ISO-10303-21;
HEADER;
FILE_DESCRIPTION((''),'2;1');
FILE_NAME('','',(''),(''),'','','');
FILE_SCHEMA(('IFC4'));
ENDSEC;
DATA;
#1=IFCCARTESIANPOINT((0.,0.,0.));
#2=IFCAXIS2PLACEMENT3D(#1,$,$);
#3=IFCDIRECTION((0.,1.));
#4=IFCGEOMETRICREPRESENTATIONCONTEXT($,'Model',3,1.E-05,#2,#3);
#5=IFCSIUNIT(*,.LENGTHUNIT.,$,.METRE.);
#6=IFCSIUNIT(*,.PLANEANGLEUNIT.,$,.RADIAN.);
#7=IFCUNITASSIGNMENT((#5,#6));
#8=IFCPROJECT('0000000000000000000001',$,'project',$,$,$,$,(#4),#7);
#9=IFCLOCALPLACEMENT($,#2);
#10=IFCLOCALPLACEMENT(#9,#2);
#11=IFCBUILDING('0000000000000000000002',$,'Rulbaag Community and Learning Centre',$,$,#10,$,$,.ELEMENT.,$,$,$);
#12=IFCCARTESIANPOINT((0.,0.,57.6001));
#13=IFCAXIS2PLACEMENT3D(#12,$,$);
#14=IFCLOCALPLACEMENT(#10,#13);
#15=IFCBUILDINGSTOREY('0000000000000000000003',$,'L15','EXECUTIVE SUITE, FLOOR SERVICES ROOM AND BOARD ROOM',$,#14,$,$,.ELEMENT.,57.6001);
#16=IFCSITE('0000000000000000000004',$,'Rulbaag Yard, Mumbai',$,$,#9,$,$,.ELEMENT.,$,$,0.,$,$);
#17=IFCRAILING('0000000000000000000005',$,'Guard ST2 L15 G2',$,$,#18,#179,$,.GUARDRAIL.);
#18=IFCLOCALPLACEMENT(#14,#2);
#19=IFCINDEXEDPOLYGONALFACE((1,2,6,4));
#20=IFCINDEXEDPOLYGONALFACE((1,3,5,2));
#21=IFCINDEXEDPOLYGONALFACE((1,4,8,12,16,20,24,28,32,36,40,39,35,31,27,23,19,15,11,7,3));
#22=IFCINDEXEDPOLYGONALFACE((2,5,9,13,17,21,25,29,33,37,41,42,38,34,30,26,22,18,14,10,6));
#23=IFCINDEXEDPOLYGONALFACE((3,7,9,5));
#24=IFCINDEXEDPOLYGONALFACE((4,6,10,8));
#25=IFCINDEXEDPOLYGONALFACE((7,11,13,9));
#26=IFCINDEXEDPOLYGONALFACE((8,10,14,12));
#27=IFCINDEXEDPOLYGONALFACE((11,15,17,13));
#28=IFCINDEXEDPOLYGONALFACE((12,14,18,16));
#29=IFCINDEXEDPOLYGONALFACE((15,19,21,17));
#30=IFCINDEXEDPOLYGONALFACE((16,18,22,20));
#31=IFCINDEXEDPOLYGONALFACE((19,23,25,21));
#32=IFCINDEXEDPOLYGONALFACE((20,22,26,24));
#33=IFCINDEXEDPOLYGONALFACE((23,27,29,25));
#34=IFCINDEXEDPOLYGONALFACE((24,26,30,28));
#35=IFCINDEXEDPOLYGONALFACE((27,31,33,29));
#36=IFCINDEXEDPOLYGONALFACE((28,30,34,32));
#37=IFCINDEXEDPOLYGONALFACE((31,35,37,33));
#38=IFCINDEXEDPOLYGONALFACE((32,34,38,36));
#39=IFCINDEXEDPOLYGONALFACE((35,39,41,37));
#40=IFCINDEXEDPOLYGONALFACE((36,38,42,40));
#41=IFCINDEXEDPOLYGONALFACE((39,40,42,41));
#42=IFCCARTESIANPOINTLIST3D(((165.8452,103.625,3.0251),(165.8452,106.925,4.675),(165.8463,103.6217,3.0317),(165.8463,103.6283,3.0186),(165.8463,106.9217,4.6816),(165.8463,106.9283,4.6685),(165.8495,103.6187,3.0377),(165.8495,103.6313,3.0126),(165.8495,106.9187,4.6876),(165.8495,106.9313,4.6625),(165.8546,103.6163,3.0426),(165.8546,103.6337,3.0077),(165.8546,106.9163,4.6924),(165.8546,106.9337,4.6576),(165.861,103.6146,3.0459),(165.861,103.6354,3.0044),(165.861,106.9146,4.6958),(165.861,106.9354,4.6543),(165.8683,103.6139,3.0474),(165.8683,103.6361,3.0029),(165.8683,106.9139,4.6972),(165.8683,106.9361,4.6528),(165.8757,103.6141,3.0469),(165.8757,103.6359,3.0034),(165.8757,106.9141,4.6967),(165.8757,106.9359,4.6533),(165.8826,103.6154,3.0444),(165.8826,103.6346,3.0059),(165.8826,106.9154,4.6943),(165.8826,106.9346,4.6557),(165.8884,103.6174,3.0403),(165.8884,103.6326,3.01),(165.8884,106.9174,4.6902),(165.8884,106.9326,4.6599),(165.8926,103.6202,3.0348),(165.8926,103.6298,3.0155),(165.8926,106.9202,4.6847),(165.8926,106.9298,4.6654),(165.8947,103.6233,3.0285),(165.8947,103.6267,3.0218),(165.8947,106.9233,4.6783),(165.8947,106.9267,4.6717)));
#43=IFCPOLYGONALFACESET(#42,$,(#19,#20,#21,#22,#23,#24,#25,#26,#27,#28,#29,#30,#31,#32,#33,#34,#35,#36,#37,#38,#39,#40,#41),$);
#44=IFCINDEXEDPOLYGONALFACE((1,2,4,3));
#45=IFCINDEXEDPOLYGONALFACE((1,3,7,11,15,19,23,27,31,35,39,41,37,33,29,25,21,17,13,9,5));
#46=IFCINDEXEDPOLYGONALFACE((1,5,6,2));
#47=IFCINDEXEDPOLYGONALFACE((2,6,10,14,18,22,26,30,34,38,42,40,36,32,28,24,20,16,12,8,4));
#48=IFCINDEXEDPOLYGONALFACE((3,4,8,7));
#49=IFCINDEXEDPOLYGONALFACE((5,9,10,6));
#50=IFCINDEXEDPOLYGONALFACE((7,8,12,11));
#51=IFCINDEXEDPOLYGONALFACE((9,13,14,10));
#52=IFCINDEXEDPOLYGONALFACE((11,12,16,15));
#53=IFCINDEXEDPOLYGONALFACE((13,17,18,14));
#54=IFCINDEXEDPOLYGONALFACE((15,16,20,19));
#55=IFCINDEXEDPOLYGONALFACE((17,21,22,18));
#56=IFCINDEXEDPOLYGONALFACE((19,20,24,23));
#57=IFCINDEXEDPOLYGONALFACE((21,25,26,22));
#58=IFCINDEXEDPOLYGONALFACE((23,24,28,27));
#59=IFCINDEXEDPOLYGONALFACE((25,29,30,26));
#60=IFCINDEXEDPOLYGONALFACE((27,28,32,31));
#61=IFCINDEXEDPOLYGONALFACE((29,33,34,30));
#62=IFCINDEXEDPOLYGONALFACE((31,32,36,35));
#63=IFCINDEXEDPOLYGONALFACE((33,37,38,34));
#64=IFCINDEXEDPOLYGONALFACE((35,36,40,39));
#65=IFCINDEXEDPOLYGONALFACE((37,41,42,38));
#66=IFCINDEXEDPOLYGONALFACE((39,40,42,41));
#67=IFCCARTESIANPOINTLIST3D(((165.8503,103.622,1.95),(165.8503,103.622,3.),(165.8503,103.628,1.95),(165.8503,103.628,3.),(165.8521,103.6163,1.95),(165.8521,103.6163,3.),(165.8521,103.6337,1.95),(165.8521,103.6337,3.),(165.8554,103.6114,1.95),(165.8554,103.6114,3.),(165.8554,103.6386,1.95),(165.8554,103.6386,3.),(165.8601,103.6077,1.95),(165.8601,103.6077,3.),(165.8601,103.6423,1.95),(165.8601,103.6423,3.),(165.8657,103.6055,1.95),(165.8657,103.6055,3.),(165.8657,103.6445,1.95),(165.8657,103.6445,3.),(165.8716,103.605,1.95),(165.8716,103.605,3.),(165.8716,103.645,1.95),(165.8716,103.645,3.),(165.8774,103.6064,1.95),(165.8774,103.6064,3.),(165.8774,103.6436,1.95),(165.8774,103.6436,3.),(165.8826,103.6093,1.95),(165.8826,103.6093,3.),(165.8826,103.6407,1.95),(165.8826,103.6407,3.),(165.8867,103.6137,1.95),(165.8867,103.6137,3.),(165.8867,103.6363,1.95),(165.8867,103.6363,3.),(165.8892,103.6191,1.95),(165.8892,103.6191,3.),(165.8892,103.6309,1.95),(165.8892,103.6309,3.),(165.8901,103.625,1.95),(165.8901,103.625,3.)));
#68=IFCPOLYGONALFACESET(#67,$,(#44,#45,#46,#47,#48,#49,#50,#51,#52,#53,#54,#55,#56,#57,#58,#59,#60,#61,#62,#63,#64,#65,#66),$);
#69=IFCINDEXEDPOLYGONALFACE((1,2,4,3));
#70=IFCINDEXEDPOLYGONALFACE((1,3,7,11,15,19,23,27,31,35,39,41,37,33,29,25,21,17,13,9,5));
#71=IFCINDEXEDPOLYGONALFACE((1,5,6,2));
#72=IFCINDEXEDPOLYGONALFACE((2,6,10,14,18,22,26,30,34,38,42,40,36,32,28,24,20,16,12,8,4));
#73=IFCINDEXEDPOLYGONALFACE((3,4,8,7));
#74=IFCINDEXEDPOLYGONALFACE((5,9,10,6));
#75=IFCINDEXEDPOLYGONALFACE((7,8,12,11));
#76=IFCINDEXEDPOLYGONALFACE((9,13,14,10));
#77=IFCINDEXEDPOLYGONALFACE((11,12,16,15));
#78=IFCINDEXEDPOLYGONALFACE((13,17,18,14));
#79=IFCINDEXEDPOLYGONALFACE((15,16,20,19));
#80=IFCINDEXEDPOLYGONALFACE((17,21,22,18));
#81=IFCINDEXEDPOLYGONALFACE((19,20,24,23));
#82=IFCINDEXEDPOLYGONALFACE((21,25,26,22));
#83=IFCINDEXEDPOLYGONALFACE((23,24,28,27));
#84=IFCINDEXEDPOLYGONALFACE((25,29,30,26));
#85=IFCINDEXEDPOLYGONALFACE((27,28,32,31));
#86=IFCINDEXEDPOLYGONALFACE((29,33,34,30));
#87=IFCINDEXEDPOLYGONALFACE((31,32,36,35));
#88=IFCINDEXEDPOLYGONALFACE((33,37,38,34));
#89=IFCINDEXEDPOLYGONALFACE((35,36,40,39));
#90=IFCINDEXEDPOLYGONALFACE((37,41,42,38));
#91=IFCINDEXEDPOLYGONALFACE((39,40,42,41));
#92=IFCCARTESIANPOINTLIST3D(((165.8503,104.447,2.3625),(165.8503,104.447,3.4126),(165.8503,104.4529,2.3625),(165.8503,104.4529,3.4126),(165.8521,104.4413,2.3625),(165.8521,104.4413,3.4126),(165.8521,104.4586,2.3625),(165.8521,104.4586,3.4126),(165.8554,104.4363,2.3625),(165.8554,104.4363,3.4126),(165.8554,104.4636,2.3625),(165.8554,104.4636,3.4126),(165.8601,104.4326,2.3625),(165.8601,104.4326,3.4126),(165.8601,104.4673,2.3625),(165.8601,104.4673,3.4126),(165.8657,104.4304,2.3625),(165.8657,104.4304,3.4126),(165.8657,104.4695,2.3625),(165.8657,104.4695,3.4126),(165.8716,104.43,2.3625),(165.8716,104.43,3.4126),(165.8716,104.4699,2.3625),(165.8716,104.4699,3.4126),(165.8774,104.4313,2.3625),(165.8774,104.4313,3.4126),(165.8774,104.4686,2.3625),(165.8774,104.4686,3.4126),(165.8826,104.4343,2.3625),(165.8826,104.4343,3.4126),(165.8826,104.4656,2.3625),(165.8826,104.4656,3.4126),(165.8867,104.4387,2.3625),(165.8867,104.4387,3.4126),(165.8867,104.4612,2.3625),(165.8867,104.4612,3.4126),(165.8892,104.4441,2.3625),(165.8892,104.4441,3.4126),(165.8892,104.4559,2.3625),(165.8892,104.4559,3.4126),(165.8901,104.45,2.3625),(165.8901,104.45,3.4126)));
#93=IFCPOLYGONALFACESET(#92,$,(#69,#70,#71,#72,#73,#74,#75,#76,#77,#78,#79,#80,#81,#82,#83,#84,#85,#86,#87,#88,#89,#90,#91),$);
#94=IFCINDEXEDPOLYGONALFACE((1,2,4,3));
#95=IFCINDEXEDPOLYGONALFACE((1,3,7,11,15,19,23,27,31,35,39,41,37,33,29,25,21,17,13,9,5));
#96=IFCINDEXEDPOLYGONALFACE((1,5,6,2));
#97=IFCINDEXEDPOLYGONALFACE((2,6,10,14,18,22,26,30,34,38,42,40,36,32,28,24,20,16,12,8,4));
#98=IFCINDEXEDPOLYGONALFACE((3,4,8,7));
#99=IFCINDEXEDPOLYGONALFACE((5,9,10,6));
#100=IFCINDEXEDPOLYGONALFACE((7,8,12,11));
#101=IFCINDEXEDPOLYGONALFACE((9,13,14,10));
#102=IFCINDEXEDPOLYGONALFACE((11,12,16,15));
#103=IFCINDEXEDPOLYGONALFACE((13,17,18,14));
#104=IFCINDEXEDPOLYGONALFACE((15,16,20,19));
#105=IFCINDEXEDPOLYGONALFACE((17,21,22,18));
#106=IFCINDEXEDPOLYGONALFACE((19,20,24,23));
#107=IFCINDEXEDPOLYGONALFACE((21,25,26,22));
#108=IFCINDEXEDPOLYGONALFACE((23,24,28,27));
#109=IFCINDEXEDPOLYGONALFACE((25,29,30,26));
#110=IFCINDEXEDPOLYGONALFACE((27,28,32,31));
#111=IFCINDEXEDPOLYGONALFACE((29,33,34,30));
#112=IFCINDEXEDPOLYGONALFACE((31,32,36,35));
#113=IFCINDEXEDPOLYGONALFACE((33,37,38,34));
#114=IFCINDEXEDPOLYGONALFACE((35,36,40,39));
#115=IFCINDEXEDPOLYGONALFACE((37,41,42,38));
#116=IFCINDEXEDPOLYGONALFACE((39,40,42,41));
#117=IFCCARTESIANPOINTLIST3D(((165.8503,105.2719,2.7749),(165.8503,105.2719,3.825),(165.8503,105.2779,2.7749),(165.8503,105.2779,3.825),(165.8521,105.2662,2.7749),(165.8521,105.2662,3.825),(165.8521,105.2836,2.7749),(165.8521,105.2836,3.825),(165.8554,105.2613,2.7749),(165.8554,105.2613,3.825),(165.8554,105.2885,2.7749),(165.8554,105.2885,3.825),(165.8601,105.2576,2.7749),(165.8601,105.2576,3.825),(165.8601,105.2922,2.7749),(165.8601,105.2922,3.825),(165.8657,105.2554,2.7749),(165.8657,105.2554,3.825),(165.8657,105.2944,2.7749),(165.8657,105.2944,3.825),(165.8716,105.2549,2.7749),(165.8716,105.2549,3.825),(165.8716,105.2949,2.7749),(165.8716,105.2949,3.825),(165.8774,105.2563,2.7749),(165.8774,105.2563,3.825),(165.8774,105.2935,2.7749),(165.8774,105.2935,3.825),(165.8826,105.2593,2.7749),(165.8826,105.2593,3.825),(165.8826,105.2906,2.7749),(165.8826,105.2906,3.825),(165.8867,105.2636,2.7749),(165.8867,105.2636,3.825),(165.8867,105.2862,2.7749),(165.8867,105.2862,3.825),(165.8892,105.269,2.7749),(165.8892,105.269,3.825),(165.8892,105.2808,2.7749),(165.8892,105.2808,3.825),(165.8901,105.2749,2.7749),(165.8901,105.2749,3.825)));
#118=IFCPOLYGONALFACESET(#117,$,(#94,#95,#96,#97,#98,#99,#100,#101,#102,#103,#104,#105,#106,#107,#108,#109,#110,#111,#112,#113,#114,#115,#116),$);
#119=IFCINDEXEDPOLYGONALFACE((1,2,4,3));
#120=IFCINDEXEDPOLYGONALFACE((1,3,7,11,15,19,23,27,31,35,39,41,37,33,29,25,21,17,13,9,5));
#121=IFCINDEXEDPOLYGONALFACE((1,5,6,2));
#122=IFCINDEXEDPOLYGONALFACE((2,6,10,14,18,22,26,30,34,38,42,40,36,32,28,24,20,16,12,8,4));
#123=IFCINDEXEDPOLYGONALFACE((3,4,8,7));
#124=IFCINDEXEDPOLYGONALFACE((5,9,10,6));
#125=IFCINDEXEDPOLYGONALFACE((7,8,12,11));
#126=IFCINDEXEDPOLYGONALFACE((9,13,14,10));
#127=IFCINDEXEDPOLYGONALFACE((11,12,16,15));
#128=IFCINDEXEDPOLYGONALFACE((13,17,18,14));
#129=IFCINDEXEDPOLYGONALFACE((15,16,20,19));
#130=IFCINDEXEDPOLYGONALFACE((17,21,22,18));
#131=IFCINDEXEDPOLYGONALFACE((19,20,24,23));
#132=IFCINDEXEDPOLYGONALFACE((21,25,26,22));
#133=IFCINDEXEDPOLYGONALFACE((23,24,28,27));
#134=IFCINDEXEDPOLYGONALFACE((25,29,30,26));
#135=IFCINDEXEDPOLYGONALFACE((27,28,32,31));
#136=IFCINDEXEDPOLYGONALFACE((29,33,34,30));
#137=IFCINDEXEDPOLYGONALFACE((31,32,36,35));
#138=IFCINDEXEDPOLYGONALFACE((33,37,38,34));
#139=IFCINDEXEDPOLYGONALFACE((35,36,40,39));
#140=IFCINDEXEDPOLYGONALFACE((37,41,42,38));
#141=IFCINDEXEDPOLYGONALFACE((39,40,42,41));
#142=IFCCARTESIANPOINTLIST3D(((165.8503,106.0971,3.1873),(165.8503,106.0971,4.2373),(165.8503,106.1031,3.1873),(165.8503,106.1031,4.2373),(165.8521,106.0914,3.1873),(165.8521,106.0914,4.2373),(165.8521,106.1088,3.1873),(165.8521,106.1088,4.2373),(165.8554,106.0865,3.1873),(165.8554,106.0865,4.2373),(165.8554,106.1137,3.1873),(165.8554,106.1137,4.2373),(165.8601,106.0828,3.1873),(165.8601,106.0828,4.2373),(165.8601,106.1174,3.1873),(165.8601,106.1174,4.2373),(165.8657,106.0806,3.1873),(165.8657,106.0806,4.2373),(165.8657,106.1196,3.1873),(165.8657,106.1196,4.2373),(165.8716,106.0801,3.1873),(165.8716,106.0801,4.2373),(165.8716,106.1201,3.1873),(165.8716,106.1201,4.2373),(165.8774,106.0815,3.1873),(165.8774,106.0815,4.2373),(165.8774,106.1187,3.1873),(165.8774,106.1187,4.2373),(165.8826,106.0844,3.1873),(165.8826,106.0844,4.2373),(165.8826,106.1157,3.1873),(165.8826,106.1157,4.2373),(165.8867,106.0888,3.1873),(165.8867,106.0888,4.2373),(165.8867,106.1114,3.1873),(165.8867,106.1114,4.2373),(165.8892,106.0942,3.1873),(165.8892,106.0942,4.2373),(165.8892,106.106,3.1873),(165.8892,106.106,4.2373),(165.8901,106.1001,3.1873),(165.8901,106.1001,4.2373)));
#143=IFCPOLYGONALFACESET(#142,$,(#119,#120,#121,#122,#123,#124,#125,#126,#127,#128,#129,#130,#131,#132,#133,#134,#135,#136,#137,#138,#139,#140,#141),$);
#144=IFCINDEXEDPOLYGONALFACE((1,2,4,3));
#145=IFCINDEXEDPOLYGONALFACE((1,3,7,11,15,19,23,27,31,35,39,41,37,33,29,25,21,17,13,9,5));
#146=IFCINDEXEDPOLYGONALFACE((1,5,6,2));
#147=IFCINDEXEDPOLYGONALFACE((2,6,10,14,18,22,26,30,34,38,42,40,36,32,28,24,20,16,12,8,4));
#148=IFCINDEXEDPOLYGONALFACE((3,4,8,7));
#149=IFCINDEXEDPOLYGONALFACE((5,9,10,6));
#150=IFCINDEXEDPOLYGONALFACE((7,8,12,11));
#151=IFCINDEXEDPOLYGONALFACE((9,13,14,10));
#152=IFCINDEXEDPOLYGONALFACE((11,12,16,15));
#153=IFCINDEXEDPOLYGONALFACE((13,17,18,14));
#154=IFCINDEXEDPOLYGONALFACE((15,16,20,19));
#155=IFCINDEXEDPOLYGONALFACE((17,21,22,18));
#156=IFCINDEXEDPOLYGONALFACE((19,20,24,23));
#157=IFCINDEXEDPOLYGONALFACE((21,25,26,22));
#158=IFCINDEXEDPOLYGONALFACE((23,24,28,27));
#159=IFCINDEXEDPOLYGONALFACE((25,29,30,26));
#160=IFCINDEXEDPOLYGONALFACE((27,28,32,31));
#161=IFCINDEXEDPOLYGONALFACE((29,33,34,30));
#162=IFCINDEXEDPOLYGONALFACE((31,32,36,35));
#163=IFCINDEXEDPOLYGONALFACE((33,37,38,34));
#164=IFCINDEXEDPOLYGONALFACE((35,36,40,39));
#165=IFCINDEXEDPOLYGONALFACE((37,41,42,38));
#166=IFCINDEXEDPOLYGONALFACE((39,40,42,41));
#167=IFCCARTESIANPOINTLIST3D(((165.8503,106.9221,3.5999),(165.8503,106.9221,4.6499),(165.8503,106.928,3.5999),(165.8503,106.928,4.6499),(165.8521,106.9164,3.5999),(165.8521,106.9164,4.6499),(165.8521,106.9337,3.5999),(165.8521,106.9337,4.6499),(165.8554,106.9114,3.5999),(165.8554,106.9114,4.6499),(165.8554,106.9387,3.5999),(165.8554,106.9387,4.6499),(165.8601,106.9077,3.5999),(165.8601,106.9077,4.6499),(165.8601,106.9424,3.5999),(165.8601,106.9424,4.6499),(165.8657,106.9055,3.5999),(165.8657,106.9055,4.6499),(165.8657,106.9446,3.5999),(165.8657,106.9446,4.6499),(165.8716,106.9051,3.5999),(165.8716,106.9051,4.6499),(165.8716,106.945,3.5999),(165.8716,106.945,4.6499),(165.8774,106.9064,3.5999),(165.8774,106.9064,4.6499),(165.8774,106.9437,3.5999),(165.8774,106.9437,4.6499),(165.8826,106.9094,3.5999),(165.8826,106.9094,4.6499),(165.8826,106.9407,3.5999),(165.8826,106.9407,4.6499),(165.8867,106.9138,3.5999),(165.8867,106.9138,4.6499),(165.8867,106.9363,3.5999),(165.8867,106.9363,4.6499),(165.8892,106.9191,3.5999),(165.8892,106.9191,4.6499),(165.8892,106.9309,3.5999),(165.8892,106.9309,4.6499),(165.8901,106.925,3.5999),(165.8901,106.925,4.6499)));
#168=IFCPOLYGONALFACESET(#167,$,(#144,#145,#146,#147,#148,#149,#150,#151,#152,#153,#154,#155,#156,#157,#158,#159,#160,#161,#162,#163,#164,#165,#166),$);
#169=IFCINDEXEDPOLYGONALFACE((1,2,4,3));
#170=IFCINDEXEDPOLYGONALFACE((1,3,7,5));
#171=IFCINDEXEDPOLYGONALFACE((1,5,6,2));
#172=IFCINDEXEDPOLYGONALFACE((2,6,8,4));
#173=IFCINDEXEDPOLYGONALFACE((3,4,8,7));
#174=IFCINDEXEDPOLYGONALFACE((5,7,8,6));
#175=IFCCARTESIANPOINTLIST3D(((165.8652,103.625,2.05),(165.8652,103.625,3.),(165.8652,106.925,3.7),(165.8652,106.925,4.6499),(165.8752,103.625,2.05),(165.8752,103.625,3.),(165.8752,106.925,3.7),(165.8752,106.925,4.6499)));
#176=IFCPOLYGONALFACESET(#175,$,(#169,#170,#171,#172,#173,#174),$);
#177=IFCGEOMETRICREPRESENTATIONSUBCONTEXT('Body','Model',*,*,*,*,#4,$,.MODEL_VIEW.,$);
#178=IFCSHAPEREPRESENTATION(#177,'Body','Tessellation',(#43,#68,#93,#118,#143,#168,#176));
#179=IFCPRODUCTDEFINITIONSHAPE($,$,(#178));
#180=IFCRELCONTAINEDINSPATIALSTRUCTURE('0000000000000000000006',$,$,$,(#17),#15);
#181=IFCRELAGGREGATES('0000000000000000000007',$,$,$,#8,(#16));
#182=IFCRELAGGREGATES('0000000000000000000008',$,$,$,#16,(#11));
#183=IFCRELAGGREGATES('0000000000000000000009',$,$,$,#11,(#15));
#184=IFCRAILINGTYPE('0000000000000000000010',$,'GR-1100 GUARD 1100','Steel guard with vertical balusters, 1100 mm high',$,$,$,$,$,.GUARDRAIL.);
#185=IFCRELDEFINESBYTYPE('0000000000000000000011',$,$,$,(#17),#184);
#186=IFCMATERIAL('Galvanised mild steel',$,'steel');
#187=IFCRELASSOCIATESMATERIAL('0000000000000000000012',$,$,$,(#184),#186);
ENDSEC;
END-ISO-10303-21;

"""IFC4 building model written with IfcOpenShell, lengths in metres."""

from ifc_helpers import new_model, si_unit, direction, frame, origin, origin_2d, place, context, subcontext, project, spatial, polyline, circle, outline, extrude, material, type_object, element, save


model = new_model("IFC4")

# Units and contexts
model_context = context("Model", 3, precision=1e-05, world=origin(), true_north=direction((0.0, 1.0)))
body_context = subcontext(model_context, "Body", "Model", "MODEL_VIEW")
ifc_project = project(units=[si_unit("LENGTHUNIT", "METRE"), si_unit("PLANEANGLEUNIT", "RADIAN")], contexts=[model_context])

# Site, building, storey
site_placement = place(None, origin())
site = spatial("IfcSite", under=ifc_project, at=site_placement, Name="Rulbaag Yard, Mumbai", CompositionType="ELEMENT", RefElevation=0.0)
building_placement = place(site_placement, origin())
building = spatial("IfcBuilding", under=site, at=building_placement, Name="Rulbaag Community and Learning Centre", CompositionType="ELEMENT")
storey_placement = place(building_placement, frame((0.0, 0.0, 57.6001)))
storey = spatial("IfcBuildingStorey", under=building, at=storey_placement, Name="L15", Description="EXECUTIVE SUITE, FLOOR SERVICES ROOM AND BOARD ROOM", CompositionType="ELEMENT", Elevation=57.6001)

# Railing
ifc_material_1 = material(Name="Galvanised mild steel", Category="steel")
railing_type_1 = type_object("IfcRailingType", Name="GR-1100 GUARD 1100", Description="Steel guard with vertical balusters, 1100 mm high", PredefinedType="GUARDRAIL", material=ifc_material_1)
railing_1_placement = place(storey_placement, frame((165.8701, 103.625, 1.95)))
element("IfcRailing", 1, at=railing_1_placement, inside=storey, type_object=railing_type_1, Name="Guard ST2 L15 G2", PredefinedType="GUARDRAIL", context=body_context, shape_type="SweptSolid", body=[
    extrude(circle(Radius=0.0249, at=origin_2d()), frame((0.0, 0.0, 1.0752), z_axis=(0.0, 0.89444, 0.447187), x_axis=(-1.0, 0.0, 0.0)), (0.0, 0.0, 1.0), 3.6895),
    extrude(circle(Radius=0.02, at=origin_2d()), origin(), (0.0, 0.0, 1.0), 1.05),
    extrude(circle(Radius=0.02, at=origin_2d()), frame((0.0, 0.825, 0.4126)), (0.0, 0.0, 1.0), 1.05),
    extrude(circle(Radius=0.02, at=origin_2d()), frame((0.0, 1.6499, 0.825)), (0.0, 0.0, 1.0), 1.05),
    extrude(circle(Radius=0.02, at=origin_2d()), frame((0.0, 2.4751, 1.2373)), (0.0, 0.0, 1.0), 1.05),
    extrude(circle(Radius=0.02, at=origin_2d()), frame((0.0, 3.3, 1.6499)), (0.0, 0.0, 1.0), 1.05),
    extrude(outline(polyline([(0.0, 0.0), (3.3, 1.6499), (3.3, 2.5999), (0.0, 0.95), (0.0, 0.0)])), frame((-0.0049, 0.0, 0.1001), z_axis=(1.0, 0.0, 0.0), x_axis=(0.0, 1.0, 0.0)), (0.0, 0.0, 1.0), 0.01),
])

save(model, "model.ifc")
